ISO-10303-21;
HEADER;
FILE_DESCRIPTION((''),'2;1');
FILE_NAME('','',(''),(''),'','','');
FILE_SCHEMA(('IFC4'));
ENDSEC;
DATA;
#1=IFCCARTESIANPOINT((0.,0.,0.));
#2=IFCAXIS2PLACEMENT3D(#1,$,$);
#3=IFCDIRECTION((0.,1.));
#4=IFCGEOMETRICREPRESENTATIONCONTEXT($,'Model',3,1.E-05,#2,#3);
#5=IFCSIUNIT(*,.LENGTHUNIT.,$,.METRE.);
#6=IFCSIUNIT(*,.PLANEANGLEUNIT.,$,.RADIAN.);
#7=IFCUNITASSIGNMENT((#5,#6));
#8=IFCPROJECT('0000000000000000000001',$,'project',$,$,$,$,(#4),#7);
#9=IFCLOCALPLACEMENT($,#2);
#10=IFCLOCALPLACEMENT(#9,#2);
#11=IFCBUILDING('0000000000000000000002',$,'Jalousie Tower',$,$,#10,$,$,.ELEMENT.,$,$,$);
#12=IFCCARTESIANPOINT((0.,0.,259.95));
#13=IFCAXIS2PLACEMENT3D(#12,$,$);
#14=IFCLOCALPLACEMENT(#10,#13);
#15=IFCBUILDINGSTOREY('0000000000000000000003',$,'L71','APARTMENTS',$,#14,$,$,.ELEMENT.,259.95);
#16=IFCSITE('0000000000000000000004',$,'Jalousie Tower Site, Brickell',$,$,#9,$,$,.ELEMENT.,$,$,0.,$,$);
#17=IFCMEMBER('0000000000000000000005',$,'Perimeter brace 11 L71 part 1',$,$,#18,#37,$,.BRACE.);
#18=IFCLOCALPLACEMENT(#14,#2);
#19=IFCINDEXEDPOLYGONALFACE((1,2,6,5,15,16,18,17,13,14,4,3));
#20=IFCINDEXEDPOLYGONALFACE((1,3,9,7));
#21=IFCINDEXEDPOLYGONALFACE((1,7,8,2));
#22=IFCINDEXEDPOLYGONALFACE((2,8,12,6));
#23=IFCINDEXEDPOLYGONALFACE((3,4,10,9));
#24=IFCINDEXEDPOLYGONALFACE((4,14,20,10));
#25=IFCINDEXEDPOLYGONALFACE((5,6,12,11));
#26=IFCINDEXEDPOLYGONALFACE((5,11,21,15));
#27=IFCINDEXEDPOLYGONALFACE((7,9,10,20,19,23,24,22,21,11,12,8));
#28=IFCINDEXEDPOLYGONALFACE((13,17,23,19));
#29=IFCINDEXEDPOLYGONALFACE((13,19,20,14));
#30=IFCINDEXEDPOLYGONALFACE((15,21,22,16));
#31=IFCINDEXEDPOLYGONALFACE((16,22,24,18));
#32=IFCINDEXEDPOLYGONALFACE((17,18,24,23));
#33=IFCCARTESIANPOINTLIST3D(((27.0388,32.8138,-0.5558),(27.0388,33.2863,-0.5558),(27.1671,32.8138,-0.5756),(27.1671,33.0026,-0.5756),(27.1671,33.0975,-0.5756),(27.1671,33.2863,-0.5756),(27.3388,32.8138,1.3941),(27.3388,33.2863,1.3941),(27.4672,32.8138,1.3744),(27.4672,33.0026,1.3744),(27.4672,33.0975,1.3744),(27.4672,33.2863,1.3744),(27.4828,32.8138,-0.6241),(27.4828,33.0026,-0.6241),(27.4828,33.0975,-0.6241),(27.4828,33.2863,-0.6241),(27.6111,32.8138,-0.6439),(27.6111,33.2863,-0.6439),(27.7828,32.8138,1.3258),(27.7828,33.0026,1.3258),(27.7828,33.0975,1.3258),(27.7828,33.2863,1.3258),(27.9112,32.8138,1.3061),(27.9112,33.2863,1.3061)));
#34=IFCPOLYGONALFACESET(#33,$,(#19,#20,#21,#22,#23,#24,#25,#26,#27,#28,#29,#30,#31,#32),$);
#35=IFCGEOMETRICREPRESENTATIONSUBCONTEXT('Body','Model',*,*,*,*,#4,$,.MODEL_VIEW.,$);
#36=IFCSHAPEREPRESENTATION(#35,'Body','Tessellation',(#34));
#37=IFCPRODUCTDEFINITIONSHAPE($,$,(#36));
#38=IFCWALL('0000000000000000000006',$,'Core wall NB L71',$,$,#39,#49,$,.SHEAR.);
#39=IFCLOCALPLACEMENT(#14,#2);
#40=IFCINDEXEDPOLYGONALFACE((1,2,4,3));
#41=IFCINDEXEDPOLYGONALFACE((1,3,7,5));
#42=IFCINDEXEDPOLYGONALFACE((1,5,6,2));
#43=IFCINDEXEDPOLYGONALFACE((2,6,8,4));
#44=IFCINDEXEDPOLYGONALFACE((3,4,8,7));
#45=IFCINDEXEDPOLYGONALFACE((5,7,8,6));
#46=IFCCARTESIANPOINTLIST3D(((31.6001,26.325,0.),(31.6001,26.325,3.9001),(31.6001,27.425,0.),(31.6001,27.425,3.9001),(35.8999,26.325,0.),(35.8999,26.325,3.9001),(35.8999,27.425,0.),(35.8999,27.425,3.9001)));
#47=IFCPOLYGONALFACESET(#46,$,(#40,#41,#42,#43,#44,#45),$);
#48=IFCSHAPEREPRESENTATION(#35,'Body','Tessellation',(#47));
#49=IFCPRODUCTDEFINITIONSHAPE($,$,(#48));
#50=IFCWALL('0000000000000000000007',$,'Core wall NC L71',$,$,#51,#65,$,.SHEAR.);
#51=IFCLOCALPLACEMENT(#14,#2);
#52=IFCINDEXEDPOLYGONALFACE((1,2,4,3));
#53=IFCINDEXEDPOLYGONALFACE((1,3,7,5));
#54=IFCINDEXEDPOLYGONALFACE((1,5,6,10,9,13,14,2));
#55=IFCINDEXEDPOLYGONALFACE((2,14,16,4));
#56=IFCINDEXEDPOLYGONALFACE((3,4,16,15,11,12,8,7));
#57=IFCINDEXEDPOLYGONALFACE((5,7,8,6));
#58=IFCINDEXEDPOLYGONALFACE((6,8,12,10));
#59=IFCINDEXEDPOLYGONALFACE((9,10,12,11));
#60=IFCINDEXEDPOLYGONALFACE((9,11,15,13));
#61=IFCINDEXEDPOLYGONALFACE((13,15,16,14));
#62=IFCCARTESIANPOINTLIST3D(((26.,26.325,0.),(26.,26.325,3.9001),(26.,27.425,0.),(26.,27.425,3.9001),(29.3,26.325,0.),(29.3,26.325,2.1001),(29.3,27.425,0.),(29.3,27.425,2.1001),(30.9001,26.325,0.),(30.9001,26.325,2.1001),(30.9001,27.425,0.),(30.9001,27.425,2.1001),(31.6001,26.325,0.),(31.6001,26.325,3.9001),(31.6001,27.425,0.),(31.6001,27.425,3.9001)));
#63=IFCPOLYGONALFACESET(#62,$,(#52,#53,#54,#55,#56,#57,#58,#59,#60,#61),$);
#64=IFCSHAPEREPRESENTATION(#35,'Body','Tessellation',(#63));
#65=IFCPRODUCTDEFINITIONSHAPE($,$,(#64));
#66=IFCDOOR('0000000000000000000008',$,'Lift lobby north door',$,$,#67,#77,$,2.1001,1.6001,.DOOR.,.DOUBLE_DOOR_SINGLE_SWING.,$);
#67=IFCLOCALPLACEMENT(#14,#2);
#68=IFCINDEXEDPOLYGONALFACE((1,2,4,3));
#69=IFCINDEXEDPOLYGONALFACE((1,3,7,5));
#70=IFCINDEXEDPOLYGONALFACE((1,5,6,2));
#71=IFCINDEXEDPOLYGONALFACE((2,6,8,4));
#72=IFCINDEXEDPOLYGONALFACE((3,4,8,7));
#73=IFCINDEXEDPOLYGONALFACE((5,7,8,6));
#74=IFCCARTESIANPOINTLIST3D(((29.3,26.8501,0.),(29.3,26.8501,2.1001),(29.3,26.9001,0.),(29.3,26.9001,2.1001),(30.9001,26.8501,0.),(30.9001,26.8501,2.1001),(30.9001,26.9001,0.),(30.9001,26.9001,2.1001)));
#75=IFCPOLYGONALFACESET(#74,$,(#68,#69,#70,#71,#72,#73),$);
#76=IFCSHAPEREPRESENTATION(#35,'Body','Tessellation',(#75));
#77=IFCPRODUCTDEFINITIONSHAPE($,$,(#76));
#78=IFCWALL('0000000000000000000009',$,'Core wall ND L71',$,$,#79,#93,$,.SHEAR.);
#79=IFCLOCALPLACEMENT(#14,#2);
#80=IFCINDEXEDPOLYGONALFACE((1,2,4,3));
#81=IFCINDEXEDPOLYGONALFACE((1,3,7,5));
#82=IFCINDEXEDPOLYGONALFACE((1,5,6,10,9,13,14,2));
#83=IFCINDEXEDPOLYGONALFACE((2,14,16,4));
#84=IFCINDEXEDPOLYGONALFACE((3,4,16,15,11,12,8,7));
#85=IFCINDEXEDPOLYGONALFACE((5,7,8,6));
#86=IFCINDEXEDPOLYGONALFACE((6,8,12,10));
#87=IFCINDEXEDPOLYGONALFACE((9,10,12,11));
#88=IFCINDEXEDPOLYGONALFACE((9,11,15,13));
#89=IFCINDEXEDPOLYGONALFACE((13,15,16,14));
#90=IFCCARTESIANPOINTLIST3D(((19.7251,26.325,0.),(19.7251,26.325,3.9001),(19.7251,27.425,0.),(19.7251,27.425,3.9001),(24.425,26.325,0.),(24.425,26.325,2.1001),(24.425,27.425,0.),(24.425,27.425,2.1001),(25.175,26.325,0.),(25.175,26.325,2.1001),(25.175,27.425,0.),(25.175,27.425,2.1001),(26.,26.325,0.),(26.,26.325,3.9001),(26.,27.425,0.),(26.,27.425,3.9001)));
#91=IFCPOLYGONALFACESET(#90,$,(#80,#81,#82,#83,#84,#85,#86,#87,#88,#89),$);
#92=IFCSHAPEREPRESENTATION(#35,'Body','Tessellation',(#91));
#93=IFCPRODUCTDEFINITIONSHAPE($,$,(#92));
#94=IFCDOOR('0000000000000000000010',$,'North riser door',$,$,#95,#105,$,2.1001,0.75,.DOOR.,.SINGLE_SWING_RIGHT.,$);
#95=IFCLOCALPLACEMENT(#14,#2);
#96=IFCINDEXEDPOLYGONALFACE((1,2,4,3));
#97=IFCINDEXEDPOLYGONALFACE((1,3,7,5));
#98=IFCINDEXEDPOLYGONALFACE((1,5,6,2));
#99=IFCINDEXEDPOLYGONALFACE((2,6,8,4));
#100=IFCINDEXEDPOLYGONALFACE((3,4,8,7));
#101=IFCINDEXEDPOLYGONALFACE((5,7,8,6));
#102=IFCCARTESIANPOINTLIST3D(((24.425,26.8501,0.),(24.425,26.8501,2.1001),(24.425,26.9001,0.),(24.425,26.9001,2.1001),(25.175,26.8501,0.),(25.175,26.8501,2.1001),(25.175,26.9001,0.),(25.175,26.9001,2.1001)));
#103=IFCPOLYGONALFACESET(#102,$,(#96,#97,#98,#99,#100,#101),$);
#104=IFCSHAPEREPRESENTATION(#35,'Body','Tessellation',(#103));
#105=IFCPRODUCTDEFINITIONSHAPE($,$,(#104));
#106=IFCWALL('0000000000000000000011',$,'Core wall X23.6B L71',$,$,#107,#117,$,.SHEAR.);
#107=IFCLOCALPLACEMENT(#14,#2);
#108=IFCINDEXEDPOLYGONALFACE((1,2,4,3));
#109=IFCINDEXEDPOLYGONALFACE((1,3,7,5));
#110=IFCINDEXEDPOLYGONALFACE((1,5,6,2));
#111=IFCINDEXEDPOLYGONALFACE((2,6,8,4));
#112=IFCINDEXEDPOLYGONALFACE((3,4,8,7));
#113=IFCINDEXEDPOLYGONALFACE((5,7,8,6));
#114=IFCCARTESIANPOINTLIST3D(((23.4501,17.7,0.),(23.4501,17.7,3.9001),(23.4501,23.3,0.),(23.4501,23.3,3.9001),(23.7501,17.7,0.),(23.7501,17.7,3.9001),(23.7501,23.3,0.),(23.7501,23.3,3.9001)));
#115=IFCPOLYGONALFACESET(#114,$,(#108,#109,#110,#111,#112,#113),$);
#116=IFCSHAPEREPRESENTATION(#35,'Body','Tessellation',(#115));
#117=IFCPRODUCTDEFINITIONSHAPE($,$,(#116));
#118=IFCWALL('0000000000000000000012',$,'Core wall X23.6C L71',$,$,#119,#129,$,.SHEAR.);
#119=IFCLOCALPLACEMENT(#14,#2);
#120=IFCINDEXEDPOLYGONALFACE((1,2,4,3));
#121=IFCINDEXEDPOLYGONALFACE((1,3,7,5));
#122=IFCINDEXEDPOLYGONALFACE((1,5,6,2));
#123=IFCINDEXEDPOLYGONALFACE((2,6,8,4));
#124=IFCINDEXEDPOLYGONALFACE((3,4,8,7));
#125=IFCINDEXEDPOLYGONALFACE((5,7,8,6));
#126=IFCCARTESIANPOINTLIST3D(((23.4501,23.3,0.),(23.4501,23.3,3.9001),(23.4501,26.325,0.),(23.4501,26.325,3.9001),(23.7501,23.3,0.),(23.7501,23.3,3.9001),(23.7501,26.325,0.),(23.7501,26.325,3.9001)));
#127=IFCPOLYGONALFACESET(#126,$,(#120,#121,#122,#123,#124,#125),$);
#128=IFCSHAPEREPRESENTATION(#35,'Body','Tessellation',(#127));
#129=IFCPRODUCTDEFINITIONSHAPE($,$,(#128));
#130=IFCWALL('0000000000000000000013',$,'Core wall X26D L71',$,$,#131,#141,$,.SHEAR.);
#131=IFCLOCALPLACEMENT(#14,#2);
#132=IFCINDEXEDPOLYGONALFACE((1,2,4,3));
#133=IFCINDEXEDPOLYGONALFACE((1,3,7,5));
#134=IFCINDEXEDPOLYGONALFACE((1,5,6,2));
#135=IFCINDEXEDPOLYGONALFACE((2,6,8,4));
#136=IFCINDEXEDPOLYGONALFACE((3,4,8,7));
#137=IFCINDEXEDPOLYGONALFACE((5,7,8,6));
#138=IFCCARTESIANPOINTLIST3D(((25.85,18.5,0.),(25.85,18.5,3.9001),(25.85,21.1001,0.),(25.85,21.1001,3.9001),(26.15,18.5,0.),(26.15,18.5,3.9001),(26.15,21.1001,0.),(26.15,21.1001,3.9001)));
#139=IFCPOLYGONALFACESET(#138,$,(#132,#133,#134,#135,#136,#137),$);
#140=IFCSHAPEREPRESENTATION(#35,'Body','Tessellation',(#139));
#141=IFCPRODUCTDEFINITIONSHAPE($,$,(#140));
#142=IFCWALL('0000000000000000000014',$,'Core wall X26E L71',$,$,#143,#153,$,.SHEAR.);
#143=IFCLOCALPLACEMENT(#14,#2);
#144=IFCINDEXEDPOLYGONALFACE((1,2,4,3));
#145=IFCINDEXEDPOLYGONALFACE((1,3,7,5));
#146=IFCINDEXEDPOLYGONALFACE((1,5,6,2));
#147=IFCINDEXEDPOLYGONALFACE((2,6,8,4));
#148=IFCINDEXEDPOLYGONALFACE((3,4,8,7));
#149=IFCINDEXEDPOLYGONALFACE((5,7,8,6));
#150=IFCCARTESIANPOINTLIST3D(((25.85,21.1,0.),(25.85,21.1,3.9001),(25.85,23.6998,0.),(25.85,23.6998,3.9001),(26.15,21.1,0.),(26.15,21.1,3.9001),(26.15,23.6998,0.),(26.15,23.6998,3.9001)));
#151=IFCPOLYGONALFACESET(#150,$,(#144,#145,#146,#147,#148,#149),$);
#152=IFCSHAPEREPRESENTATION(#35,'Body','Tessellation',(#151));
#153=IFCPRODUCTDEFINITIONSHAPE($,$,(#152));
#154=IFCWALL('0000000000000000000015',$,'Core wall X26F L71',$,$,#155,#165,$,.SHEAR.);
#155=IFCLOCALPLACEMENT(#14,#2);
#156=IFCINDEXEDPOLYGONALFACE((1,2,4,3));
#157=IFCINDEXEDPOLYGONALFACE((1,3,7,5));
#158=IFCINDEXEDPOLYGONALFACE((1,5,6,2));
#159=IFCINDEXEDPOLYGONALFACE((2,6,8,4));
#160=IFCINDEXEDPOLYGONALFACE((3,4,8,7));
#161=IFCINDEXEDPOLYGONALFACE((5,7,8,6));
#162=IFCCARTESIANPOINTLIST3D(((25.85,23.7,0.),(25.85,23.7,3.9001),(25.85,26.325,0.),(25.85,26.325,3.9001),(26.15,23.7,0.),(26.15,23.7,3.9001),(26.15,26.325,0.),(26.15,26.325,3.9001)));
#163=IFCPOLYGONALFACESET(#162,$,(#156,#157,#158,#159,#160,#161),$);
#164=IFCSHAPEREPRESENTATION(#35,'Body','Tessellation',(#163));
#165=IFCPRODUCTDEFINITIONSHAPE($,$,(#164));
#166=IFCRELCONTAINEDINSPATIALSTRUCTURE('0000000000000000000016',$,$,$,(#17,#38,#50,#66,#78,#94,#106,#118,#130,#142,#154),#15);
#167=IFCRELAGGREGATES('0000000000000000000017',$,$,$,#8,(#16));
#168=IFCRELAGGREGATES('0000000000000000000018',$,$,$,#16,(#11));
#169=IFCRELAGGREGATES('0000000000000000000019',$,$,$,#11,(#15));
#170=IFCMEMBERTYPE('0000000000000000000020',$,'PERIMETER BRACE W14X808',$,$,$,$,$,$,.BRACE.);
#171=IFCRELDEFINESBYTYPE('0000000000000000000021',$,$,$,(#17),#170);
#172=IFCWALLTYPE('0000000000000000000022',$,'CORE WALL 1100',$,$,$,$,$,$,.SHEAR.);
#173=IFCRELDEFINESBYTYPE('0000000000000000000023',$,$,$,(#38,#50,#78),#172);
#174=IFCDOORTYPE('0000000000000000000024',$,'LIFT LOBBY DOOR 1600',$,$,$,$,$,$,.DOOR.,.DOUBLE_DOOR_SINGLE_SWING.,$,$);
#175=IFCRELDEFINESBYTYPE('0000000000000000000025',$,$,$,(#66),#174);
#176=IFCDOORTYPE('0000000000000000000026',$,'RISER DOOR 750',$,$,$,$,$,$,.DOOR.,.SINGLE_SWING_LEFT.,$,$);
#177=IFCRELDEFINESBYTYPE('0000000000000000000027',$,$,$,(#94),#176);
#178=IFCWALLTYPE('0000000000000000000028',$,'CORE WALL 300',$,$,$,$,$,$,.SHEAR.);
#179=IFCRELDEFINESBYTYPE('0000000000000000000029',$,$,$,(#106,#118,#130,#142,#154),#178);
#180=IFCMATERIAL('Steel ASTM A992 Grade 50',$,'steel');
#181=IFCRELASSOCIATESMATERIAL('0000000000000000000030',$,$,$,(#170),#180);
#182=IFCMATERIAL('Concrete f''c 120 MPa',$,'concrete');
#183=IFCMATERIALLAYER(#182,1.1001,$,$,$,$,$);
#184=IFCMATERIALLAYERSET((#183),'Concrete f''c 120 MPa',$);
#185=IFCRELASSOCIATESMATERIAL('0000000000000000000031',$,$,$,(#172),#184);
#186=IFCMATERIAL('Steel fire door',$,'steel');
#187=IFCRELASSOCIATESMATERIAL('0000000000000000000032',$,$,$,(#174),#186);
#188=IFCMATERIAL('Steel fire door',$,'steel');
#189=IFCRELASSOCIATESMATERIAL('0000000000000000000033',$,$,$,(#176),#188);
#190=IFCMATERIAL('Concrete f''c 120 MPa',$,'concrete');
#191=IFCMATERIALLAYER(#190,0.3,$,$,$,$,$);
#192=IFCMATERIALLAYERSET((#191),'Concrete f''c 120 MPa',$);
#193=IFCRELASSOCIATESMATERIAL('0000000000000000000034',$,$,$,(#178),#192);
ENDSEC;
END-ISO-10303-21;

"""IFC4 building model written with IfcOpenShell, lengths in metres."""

from ifc_helpers import new_model, si_unit, direction, frame, frame_2d, origin, origin_2d, place, context, subcontext, project, spatial, rectangle, i_section, extrude, material, layer, layer_set, material_profile, profile_set, type_object, element, fill, save


model = new_model("IFC4")

# Units and contexts
model_context = context("Model", 3, precision=1e-05, world=origin(), true_north=direction((0.0, 1.0)))
body_context = subcontext(model_context, "Body", "Model", "MODEL_VIEW")
ifc_project = project(units=[si_unit("LENGTHUNIT", "METRE"), si_unit("PLANEANGLEUNIT", "RADIAN")], contexts=[model_context])

# Site, building, storey
site_placement = place(None, origin())
site = spatial("IfcSite", under=ifc_project, at=site_placement, Name="Jalousie Tower Site, Brickell", CompositionType="ELEMENT", RefElevation=0.0)
building_placement = place(site_placement, origin())
building = spatial("IfcBuilding", under=site, at=building_placement, Name="Jalousie Tower", CompositionType="ELEMENT")
storey_placement = place(building_placement, frame((0.0, 0.0, 259.95)))
storey = spatial("IfcBuildingStorey", under=building, at=storey_placement, Name="L71", Description="APARTMENTS", CompositionType="ELEMENT", Elevation=259.95)

# Member
ifc_material_1 = material(Name="Steel ASTM A992 Grade 50", Category="steel")
ifc_material_profile = material_profile(ifc_material_1, i_section(OverallWidth=0.4724, OverallDepth=0.5791, WebThickness=0.095, FlangeThickness=0.1299, at=origin_2d()), Name="W14X808")
ifc_profile_set = profile_set([ifc_material_profile], Name="Steel ASTM A992 Grade 50")
member_type = type_object("IfcMemberType", Name="PERIMETER BRACE W14X808", PredefinedType="BRACE", material=ifc_profile_set)
member_placement = place(storey_placement, frame((27.325, 33.05, -0.5999), z_axis=(0.152085, 0.0, 0.988367), x_axis=(0.0, 1.0, 0.0)))
element("IfcMember", 1, at=member_placement, inside=storey, type_object=member_type, Name="Perimeter brace 11 L71 part 1", PredefinedType="BRACE", context=body_context, shape_type="SweptSolid", body=[
    extrude(i_section(OverallWidth=0.4724, OverallDepth=0.5791, WebThickness=0.095, FlangeThickness=0.1299, at=origin_2d()), origin(), (0.0, 0.0, 1.0), 1.9729),
])

# Wall
ifc_material_2 = material(Name="Concrete f'c 120 MPa", Category="concrete")
ifc_layer_1 = layer(ifc_material_2, 1.1001)
ifc_layer_set_1 = layer_set([ifc_layer_1], Name="Concrete f'c 120 MPa")
wall_type_1 = type_object("IfcWallType", Name="CORE WALL 1100", PredefinedType="SHEAR", material=ifc_layer_set_1)
wall_1_placement = place(storey_placement, frame((35.8999, 26.875, 0.0), z_axis=(0.0, 0.0, 1.0), x_axis=(-1.0, 0.0, 0.0)))
element("IfcWall", 2, at=wall_1_placement, inside=storey, type_object=wall_type_1, Name="Core wall NB L71", PredefinedType="SHEAR", context=body_context, shape_type="SweptSolid", body=[
    extrude(rectangle(XDim=4.2998, YDim=1.1001, at=frame_2d((2.1499, 0.0))), origin(), (0.0, 0.0, 1.0), 3.9001),
])

# Walls, openings, doors
wall_2_placement = place(storey_placement, frame((31.6001, 26.875, 0.0), z_axis=(0.0, 0.0, 1.0), x_axis=(-1.0, 0.0, 0.0)))
wall_2 = element("IfcWall", 3, at=wall_2_placement, inside=storey, type_object=wall_type_1, Name="Core wall NC L71", PredefinedType="SHEAR", context=body_context, shape_type="SweptSolid", body=[
    extrude(rectangle(XDim=5.6001, YDim=1.1001, at=frame_2d((2.8, 0.0))), origin(), (0.0, 0.0, 1.0), 3.9001),
])
opening_1_placement = place(wall_2_placement, frame((0.7, 0.0, 0.0)))
opening_1 = element("IfcOpeningElement", 4, at=opening_1_placement, cuts=wall_2, PredefinedType="OPENING", context=body_context, shape_type="SweptSolid", body=[
    extrude(rectangle(XDim=1.6001, YDim=2.1001, at=frame_2d((0.8, 1.05))), frame((0.0, 0.5601, 0.0), z_axis=(0.0, -1.0, 0.0), x_axis=(1.0, 0.0, 0.0)), (0.0, 0.0, 1.0), 1.1201),
])
ifc_material_3 = material(Name="Steel fire door", Category="steel")
door_type_1 = type_object("IfcDoorType", Name="LIFT LOBBY DOOR 1600", OperationType="DOUBLE_DOOR_SINGLE_SWING", PredefinedType="DOOR", material=ifc_material_3)
door_1_placement = place(opening_1_placement, origin())
door_1 = element("IfcDoor", 5, at=door_1_placement, inside=storey, type_object=door_type_1, Name="Lift lobby north door", OperationType="DOUBLE_DOOR_SINGLE_SWING", OverallHeight=2.1001, OverallWidth=1.6001, PredefinedType="DOOR", context=body_context, shape_type="SweptSolid", body=[
    extrude(rectangle(XDim=1.6001, YDim=2.1001, at=frame_2d((0.8, 1.05))), frame((0.0, 0.0249, 0.0), z_axis=(0.0, -1.0, 0.0), x_axis=(1.0, 0.0, 0.0)), (0.0, 0.0, 1.0), 0.05),
])
fill(opening_1, door_1)
wall_3_placement = place(storey_placement, frame((26.0, 26.875, 0.0), z_axis=(0.0, 0.0, 1.0), x_axis=(-1.0, 0.0, 0.0)))
wall_3 = element("IfcWall", 6, at=wall_3_placement, inside=storey, type_object=wall_type_1, Name="Core wall ND L71", PredefinedType="SHEAR", context=body_context, shape_type="SweptSolid", body=[
    extrude(rectangle(XDim=6.2749, YDim=1.1001, at=frame_2d((3.1375, 0.0))), origin(), (0.0, 0.0, 1.0), 3.9001),
])
opening_2_placement = place(wall_3_placement, frame((0.825, 0.0, 0.0)))
opening_2 = element("IfcOpeningElement", 7, at=opening_2_placement, cuts=wall_3, PredefinedType="OPENING", context=body_context, shape_type="SweptSolid", body=[
    extrude(rectangle(XDim=0.75, YDim=2.1001, at=frame_2d((0.375, 1.05))), frame((0.0, 0.5601, 0.0), z_axis=(0.0, -1.0, 0.0), x_axis=(1.0, 0.0, 0.0)), (0.0, 0.0, 1.0), 1.1201),
])
ifc_material_4 = material(Name="Steel fire door", Category="steel")
door_type_2 = type_object("IfcDoorType", Name="RISER DOOR 750", OperationType="SINGLE_SWING_LEFT", PredefinedType="DOOR", material=ifc_material_4)
door_2_placement = place(opening_2_placement, origin())
door_2 = element("IfcDoor", 8, at=door_2_placement, inside=storey, type_object=door_type_2, Name="North riser door", OperationType="SINGLE_SWING_RIGHT", OverallHeight=2.1001, OverallWidth=0.75, PredefinedType="DOOR", context=body_context, shape_type="SweptSolid", body=[
    extrude(rectangle(XDim=0.75, YDim=2.1001, at=frame_2d((0.375, 1.05))), frame((0.0, 0.0249, 0.0), z_axis=(0.0, -1.0, 0.0), x_axis=(1.0, 0.0, 0.0)), (0.0, 0.0, 1.0), 0.05),
])
fill(opening_2, door_2)

# Walls
ifc_material_5 = material(Name="Concrete f'c 120 MPa", Category="concrete")
ifc_layer_2 = layer(ifc_material_5, 0.3)
ifc_layer_set_2 = layer_set([ifc_layer_2], Name="Concrete f'c 120 MPa")
wall_type_2 = type_object("IfcWallType", Name="CORE WALL 300", PredefinedType="SHEAR", material=ifc_layer_set_2)
wall_4_placement = place(storey_placement, frame((23.6001, 17.7, 0.0), z_axis=(0.0, 0.0, 1.0), x_axis=(0.0, 1.0, 0.0)))
element("IfcWall", 9, at=wall_4_placement, inside=storey, type_object=wall_type_2, Name="Core wall X23.6B L71", PredefinedType="SHEAR", context=body_context, shape_type="SweptSolid", body=[
    extrude(rectangle(XDim=5.6001, YDim=0.3, at=frame_2d((2.8, 0.0))), origin(), (0.0, 0.0, 1.0), 3.9001),
])
wall_5_placement = place(storey_placement, frame((23.6001, 23.3, 0.0), z_axis=(0.0, 0.0, 1.0), x_axis=(0.0, 1.0, 0.0)))
element("IfcWall", 10, at=wall_5_placement, inside=storey, type_object=wall_type_2, Name="Core wall X23.6C L71", PredefinedType="SHEAR", context=body_context, shape_type="SweptSolid", body=[
    extrude(rectangle(XDim=3.0249, YDim=0.3, at=frame_2d((1.5125, 0.0))), origin(), (0.0, 0.0, 1.0), 3.9001),
])
wall_6_placement = place(storey_placement, frame((26.0, 18.5, 0.0), z_axis=(0.0, 0.0, 1.0), x_axis=(0.0, 1.0, 0.0)))
element("IfcWall", 11, at=wall_6_placement, inside=storey, type_object=wall_type_2, Name="Core wall X26D L71", PredefinedType="SHEAR", context=body_context, shape_type="SweptSolid", body=[
    extrude(rectangle(XDim=2.6001, YDim=0.3, at=frame_2d((1.3, 0.0))), origin(), (0.0, 0.0, 1.0), 3.9001),
])
wall_7_placement = place(storey_placement, frame((26.0, 21.1001, 0.0), z_axis=(0.0, 0.0, 1.0), x_axis=(0.0, 1.0, 0.0)))
element("IfcWall", 12, at=wall_7_placement, inside=storey, type_object=wall_type_2, Name="Core wall X26E L71", PredefinedType="SHEAR", context=body_context, shape_type="SweptSolid", body=[
    extrude(rectangle(XDim=2.5999, YDim=0.3, at=frame_2d((1.2998, 0.0))), origin(), (0.0, 0.0, 1.0), 3.9001),
])
wall_8_placement = place(storey_placement, frame((26.0, 23.7, 0.0), z_axis=(0.0, 0.0, 1.0), x_axis=(0.0, 1.0, 0.0)))
element("IfcWall", 13, at=wall_8_placement, inside=storey, type_object=wall_type_2, Name="Core wall X26F L71", PredefinedType="SHEAR", context=body_context, shape_type="SweptSolid", body=[
    extrude(rectangle(XDim=2.625, YDim=0.3, at=frame_2d((1.3125, 0.0))), origin(), (0.0, 0.0, 1.0), 3.9001),
])

save(model, "model.ifc")
